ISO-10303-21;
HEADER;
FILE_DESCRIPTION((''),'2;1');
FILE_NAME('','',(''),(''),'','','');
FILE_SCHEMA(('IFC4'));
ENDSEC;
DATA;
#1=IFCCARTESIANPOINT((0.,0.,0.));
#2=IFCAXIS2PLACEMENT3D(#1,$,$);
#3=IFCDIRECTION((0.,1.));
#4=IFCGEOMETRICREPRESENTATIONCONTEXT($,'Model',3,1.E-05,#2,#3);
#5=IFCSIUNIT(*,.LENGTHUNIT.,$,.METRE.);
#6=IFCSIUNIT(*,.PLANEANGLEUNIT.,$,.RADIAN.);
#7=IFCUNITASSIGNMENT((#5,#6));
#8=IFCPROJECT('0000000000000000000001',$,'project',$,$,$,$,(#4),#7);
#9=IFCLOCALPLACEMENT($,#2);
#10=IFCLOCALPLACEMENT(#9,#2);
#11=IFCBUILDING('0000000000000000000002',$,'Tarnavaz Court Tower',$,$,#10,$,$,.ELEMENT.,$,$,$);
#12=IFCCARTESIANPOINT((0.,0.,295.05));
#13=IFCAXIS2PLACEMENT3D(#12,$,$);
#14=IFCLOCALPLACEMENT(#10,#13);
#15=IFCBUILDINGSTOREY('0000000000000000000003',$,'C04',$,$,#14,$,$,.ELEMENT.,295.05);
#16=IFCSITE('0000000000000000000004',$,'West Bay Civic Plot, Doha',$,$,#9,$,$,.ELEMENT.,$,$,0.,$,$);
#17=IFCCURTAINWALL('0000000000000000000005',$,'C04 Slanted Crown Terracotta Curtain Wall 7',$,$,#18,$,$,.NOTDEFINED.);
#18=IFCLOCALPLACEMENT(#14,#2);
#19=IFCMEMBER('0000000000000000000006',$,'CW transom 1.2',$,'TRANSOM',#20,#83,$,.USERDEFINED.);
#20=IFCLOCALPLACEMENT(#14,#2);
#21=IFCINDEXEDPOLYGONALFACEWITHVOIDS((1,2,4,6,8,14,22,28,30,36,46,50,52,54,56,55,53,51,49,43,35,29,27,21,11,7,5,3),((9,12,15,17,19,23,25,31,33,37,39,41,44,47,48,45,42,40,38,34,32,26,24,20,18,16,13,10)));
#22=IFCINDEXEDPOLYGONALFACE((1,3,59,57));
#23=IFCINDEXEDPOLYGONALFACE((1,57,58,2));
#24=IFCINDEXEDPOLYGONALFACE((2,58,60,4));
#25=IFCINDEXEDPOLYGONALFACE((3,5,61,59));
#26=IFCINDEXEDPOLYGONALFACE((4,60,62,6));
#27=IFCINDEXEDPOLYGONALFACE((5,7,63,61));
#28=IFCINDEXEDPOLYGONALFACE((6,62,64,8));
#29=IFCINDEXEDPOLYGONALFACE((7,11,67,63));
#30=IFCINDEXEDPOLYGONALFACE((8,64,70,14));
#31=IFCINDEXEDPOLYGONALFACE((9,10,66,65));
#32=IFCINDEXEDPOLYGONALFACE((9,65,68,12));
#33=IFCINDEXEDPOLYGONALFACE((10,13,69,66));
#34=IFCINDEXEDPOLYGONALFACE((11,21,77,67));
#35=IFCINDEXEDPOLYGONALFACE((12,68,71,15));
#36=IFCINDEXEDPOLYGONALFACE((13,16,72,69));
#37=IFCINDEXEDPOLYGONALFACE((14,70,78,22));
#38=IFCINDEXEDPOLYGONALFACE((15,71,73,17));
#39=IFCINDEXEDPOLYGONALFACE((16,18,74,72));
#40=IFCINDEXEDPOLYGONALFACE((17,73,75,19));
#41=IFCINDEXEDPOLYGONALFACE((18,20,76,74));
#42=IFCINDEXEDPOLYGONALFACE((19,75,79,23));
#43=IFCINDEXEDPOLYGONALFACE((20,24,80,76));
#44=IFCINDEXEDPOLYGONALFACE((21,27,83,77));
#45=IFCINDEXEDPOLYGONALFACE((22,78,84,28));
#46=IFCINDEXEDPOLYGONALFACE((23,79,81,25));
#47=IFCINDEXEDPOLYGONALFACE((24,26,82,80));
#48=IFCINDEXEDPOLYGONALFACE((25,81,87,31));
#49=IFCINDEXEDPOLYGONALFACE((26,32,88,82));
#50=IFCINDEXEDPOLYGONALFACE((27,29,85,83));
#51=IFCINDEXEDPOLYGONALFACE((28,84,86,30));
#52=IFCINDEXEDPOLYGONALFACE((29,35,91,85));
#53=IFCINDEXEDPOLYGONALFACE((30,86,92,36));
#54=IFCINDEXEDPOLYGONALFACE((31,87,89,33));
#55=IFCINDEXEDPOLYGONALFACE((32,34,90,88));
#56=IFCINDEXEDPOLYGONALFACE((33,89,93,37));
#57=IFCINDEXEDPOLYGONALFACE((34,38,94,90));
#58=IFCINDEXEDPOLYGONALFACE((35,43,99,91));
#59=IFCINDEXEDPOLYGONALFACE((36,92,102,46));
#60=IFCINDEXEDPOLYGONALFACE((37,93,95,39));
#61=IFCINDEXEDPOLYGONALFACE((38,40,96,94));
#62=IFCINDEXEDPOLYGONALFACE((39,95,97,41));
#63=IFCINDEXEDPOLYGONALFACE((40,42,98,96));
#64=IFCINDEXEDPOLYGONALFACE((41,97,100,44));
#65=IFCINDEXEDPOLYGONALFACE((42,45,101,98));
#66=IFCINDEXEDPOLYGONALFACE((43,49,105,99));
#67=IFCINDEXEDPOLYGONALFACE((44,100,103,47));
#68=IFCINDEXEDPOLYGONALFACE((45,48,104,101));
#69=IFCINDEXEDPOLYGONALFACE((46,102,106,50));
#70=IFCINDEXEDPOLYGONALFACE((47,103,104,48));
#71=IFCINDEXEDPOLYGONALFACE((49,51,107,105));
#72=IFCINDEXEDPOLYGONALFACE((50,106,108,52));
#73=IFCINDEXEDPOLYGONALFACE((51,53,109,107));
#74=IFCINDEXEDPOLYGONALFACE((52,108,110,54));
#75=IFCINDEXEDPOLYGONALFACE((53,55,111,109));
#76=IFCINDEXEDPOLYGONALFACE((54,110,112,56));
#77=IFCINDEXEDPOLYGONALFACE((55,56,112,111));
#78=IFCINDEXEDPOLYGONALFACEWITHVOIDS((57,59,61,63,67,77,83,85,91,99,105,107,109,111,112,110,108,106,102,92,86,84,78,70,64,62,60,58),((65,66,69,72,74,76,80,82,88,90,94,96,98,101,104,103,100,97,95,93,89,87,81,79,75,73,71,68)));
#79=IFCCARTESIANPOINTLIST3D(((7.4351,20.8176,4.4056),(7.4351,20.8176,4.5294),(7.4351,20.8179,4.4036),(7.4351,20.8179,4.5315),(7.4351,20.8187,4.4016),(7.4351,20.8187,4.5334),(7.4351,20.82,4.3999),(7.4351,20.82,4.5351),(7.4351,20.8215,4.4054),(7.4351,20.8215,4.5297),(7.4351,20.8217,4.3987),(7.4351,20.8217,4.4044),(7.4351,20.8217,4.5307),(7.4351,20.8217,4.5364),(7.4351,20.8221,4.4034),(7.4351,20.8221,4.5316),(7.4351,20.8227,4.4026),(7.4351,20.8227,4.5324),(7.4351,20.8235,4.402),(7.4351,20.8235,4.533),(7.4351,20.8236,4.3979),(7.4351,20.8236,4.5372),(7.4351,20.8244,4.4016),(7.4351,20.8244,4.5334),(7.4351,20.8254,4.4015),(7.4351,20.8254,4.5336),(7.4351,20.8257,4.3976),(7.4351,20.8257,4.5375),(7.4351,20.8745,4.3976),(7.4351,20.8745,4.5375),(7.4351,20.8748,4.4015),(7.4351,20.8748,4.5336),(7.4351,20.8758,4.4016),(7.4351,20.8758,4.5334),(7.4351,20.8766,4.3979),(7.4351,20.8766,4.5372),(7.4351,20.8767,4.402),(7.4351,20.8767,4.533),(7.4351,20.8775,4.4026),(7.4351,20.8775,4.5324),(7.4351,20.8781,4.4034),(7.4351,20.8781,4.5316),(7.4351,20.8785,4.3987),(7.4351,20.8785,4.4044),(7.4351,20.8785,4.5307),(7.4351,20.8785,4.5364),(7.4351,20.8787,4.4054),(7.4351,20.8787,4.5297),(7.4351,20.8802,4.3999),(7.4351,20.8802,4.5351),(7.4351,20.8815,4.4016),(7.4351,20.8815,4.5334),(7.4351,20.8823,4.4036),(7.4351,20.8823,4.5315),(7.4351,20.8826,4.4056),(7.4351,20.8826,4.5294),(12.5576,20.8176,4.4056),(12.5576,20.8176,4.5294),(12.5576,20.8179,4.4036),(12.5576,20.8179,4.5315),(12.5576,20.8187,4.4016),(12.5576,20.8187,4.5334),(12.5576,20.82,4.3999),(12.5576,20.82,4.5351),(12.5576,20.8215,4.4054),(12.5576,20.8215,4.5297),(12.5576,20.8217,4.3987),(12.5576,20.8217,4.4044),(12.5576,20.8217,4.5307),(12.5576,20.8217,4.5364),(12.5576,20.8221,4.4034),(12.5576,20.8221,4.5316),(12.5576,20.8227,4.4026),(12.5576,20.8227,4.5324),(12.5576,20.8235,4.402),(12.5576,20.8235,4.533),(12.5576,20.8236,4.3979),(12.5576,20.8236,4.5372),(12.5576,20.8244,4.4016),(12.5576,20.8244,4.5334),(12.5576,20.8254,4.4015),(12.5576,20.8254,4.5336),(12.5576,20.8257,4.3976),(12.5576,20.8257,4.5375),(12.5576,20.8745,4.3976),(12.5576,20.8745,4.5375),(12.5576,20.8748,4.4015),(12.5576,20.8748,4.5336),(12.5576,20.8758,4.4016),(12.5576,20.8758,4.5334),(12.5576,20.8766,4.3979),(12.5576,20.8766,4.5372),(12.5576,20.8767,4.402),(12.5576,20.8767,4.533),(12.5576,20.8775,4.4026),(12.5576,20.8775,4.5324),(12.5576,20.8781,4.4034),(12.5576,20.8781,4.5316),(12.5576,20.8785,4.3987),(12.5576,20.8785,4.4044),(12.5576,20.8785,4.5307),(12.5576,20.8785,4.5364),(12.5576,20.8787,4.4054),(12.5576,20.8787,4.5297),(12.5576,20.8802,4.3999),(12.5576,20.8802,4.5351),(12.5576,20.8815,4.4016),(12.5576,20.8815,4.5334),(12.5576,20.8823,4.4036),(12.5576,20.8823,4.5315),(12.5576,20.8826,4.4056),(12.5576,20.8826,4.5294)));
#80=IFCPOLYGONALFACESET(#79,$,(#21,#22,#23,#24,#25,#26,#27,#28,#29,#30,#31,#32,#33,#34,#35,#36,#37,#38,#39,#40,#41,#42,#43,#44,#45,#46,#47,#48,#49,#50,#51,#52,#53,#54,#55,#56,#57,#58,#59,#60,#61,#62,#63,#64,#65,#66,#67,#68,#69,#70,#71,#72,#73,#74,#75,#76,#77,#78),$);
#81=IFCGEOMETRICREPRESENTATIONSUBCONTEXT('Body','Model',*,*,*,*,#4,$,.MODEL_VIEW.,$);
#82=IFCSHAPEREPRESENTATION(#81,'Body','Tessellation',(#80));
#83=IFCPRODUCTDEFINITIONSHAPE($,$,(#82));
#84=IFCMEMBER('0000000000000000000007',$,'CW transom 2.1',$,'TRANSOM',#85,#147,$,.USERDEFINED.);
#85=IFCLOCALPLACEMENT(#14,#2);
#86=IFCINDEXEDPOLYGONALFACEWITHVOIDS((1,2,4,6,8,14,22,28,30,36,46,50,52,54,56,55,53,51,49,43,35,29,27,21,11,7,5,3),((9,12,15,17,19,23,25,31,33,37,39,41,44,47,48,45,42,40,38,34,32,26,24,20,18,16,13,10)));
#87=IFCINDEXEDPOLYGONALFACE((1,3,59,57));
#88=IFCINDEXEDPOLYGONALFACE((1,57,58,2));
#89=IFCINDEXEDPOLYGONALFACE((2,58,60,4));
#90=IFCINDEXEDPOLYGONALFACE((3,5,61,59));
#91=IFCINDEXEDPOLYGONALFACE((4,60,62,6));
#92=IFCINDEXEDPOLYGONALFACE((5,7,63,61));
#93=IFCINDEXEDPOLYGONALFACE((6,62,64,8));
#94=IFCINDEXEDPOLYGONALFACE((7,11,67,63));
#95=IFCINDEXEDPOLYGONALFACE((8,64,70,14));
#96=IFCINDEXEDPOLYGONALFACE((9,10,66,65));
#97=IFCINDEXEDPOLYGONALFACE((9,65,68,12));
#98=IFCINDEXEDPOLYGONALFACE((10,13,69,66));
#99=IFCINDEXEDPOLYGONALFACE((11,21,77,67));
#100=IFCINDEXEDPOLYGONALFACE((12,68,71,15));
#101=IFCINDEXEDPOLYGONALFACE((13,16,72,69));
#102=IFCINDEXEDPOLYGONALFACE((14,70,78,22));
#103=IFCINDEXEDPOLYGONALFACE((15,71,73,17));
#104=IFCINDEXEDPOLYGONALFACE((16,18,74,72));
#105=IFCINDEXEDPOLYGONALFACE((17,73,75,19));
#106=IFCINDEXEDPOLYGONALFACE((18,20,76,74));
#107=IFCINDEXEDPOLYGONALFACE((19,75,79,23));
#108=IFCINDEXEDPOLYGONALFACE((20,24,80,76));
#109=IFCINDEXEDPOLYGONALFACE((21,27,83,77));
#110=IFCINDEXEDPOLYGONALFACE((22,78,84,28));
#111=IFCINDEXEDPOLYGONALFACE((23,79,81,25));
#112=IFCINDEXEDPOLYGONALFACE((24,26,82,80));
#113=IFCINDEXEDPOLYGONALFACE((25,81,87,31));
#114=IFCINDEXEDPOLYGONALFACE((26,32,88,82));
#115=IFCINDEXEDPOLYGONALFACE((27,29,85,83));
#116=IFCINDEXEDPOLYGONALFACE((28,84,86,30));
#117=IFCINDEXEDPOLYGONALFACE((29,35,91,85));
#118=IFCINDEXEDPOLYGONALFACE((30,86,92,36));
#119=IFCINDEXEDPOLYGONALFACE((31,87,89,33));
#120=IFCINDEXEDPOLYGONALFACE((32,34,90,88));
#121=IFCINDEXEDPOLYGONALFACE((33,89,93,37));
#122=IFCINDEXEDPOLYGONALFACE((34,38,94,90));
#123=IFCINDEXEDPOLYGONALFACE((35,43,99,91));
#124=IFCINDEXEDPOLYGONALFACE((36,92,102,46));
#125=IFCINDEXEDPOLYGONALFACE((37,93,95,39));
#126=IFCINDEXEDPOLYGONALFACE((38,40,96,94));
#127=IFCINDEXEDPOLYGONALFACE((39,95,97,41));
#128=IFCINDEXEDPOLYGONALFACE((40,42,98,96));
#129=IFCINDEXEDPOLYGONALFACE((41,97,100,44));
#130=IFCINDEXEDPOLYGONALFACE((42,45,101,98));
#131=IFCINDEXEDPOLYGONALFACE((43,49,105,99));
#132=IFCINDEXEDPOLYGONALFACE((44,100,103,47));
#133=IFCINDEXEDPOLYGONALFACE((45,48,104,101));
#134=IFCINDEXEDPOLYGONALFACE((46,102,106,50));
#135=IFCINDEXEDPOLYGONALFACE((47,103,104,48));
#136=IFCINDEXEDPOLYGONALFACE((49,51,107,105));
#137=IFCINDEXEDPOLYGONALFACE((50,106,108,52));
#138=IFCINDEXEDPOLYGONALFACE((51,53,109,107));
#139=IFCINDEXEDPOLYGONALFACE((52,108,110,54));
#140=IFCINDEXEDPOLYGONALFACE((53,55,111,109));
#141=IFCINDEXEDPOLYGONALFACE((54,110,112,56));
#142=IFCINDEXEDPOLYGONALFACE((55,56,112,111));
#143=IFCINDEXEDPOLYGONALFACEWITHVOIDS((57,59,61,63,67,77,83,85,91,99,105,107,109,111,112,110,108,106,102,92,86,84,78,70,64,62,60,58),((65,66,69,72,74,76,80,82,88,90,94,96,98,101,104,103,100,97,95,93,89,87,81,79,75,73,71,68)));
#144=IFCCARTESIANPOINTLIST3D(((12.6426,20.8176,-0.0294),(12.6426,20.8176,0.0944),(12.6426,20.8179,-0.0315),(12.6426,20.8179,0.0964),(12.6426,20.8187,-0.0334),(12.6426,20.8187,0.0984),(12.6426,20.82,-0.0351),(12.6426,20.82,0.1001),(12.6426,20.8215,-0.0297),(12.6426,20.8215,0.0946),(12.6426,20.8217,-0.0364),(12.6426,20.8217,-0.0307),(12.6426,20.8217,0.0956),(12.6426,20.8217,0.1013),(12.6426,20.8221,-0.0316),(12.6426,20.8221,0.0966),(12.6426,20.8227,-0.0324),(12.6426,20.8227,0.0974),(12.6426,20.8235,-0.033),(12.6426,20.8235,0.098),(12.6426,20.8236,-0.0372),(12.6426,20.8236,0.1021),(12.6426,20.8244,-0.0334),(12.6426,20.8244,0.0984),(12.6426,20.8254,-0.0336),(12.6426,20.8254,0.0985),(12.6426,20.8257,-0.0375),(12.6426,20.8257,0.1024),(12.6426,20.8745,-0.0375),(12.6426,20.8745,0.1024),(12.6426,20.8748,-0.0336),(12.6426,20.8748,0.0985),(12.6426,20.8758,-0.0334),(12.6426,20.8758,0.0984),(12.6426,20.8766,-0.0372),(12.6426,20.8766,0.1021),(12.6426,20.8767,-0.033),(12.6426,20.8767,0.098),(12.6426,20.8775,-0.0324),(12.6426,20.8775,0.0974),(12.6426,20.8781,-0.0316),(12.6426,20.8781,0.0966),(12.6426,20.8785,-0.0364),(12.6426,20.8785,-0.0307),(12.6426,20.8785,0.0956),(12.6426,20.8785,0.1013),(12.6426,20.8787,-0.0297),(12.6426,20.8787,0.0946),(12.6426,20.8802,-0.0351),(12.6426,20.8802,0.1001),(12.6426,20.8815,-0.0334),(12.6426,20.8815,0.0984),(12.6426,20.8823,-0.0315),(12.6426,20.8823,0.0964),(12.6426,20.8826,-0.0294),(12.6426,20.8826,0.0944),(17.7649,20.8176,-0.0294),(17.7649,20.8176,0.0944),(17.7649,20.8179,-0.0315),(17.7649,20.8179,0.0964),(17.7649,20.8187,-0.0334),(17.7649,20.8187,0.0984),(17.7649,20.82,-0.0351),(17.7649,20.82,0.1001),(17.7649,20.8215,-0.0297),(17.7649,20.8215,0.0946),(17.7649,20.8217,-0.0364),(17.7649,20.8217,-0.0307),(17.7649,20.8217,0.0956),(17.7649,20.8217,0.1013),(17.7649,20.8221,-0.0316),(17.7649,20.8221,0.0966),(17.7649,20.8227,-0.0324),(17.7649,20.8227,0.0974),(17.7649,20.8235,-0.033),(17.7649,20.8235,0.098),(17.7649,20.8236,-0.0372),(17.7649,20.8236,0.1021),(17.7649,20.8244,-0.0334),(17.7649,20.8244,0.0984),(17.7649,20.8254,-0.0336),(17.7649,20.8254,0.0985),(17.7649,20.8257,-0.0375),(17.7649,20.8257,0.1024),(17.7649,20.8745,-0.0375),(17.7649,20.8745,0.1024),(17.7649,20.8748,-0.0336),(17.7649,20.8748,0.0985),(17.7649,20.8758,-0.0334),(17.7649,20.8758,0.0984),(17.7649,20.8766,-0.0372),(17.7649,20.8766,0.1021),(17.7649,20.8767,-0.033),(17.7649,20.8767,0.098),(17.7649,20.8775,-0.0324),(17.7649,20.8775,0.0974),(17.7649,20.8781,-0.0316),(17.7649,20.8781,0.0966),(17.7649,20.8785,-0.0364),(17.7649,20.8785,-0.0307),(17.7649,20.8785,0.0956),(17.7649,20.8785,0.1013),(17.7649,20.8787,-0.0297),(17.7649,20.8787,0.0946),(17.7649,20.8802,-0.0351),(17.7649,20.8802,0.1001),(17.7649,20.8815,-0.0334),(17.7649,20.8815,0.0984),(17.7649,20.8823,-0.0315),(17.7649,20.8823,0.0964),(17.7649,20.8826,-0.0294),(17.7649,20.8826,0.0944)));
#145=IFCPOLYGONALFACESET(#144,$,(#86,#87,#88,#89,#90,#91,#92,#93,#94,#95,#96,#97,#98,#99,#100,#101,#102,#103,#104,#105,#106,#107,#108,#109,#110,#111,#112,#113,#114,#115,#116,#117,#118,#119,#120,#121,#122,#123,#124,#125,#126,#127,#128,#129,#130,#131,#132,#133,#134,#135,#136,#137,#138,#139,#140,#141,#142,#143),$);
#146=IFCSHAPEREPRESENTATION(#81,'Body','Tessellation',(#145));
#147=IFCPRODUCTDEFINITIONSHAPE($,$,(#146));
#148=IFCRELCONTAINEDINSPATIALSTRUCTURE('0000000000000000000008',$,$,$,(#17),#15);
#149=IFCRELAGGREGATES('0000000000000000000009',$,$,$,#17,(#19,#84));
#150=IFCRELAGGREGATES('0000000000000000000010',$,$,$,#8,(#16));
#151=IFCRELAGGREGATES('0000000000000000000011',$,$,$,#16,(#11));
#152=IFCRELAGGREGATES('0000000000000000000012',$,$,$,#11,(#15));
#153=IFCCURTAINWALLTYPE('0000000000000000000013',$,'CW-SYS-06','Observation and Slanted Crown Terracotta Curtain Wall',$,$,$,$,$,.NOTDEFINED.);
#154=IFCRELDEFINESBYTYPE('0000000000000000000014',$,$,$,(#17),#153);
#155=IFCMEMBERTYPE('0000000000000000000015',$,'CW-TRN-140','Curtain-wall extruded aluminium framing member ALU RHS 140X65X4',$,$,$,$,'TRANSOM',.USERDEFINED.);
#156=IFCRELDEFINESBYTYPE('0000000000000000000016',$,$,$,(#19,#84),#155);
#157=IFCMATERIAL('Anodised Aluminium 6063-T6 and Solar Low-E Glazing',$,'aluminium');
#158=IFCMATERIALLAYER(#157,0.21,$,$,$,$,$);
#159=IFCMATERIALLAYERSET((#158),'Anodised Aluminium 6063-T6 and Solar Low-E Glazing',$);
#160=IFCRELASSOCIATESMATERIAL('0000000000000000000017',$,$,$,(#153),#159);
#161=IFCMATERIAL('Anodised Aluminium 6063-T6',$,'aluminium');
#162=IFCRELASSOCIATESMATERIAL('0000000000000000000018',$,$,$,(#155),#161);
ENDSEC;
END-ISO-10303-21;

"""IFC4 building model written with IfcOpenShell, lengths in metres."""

from ifc_helpers import new_model, si_unit, direction, frame, origin, origin_2d, place, context, subcontext, project, spatial, hollow_rectangle, extrude, material, layer, layer_set, material_profile, profile_set, type_object, element, aggregate, save


model = new_model("IFC4")

# Units and contexts
model_context = context("Model", 3, precision=1e-05, world=origin(), true_north=direction((0.0, 1.0)))
body_context = subcontext(model_context, "Body", "Model", "MODEL_VIEW")
ifc_project = project(units=[si_unit("LENGTHUNIT", "METRE"), si_unit("PLANEANGLEUNIT", "RADIAN")], contexts=[model_context])

# Site, building, storey
site_placement = place(None, origin())
site = spatial("IfcSite", under=ifc_project, at=site_placement, Name="West Bay Civic Plot, Doha", CompositionType="ELEMENT", RefElevation=0.0)
building_placement = place(site_placement, origin())
building = spatial("IfcBuilding", under=site, at=building_placement, Name="Tarnavaz Court Tower", CompositionType="ELEMENT")
storey_placement = place(building_placement, frame((0.0, 0.0, 295.05)))
storey = spatial("IfcBuildingStorey", under=building, at=storey_placement, Name="C04", CompositionType="ELEMENT", Elevation=295.05)

# Shared definitions
ifc_material_1 = material(Name="Anodised Aluminium 6063-T6 and Solar Low-E Glazing", Category="aluminium")
ifc_layer_1 = layer(ifc_material_1, 0.21)
ifc_layer_set_1 = layer_set([ifc_layer_1], Name="Anodised Aluminium 6063-T6 and Solar Low-E Glazing")
curtain_wall_type = type_object("IfcCurtainWallType", Name="CW-SYS-06", Description="Observation and Slanted Crown Terracotta Curtain Wall", PredefinedType="NOTDEFINED", material=ifc_layer_set_1)
ifc_material_2 = material(Name="Anodised Aluminium 6063-T6", Category="aluminium")

# Curtain wall
curtain_wall_1_placement = place(storey_placement, origin())
curtain_wall_1 = element("IfcCurtainWall", 1, at=curtain_wall_1_placement, inside=storey, type_object=curtain_wall_type, Name="C04 Slanted Crown Terracotta Curtain Wall 7", PredefinedType="NOTDEFINED")

# Members
ifc_material_profile_1 = material_profile(ifc_material_2, hollow_rectangle(XDim=0.0649, YDim=0.1399, WallThickness=0.0039, InnerFilletRadius=0.0039, OuterFilletRadius=0.0081, at=origin_2d()), Name="ALU RHS 140X65X4")
ifc_profile_set_1 = profile_set([ifc_material_profile_1], Name="Anodised Aluminium 6063-T6")
member_type_1 = type_object("IfcMemberType", Name="CW-TRN-140", Description="Curtain-wall extruded aluminium framing member ALU RHS 140X65X4", ElementType="TRANSOM", PredefinedType="USERDEFINED", material=ifc_profile_set_1)
member_1_placement = place(storey_placement, frame((7.4351, 20.8501, 4.4675), z_axis=(1.0, 0.0, 0.0), x_axis=(0.0, 1.0, 0.0)))
member_1 = element("IfcMember", 2, at=member_1_placement, type_object=member_type_1, Name="CW transom 1.2", ObjectType="TRANSOM", PredefinedType="USERDEFINED", context=body_context, shape_type="SweptSolid", body=[
    extrude(hollow_rectangle(XDim=0.0649, YDim=0.1399, WallThickness=0.0039, InnerFilletRadius=0.0039, OuterFilletRadius=0.0081, at=origin_2d()), origin(), (0.0, 0.0, 1.0), 5.1226),
])
member_2_placement = place(storey_placement, frame((12.6426, 20.8501, 0.0325), z_axis=(1.0, 0.0, 0.0), x_axis=(0.0, 1.0, 0.0)))
member_2 = element("IfcMember", 3, at=member_2_placement, type_object=member_type_1, Name="CW transom 2.1", ObjectType="TRANSOM", PredefinedType="USERDEFINED", context=body_context, shape_type="SweptSolid", body=[
    extrude(hollow_rectangle(XDim=0.0649, YDim=0.1399, WallThickness=0.0039, InnerFilletRadius=0.0039, OuterFilletRadius=0.0081, at=origin_2d()), origin(), (0.0, 0.0, 1.0), 5.1223),
])

aggregate(curtain_wall_1, [member_1, member_2])

save(model, "model.ifc")
